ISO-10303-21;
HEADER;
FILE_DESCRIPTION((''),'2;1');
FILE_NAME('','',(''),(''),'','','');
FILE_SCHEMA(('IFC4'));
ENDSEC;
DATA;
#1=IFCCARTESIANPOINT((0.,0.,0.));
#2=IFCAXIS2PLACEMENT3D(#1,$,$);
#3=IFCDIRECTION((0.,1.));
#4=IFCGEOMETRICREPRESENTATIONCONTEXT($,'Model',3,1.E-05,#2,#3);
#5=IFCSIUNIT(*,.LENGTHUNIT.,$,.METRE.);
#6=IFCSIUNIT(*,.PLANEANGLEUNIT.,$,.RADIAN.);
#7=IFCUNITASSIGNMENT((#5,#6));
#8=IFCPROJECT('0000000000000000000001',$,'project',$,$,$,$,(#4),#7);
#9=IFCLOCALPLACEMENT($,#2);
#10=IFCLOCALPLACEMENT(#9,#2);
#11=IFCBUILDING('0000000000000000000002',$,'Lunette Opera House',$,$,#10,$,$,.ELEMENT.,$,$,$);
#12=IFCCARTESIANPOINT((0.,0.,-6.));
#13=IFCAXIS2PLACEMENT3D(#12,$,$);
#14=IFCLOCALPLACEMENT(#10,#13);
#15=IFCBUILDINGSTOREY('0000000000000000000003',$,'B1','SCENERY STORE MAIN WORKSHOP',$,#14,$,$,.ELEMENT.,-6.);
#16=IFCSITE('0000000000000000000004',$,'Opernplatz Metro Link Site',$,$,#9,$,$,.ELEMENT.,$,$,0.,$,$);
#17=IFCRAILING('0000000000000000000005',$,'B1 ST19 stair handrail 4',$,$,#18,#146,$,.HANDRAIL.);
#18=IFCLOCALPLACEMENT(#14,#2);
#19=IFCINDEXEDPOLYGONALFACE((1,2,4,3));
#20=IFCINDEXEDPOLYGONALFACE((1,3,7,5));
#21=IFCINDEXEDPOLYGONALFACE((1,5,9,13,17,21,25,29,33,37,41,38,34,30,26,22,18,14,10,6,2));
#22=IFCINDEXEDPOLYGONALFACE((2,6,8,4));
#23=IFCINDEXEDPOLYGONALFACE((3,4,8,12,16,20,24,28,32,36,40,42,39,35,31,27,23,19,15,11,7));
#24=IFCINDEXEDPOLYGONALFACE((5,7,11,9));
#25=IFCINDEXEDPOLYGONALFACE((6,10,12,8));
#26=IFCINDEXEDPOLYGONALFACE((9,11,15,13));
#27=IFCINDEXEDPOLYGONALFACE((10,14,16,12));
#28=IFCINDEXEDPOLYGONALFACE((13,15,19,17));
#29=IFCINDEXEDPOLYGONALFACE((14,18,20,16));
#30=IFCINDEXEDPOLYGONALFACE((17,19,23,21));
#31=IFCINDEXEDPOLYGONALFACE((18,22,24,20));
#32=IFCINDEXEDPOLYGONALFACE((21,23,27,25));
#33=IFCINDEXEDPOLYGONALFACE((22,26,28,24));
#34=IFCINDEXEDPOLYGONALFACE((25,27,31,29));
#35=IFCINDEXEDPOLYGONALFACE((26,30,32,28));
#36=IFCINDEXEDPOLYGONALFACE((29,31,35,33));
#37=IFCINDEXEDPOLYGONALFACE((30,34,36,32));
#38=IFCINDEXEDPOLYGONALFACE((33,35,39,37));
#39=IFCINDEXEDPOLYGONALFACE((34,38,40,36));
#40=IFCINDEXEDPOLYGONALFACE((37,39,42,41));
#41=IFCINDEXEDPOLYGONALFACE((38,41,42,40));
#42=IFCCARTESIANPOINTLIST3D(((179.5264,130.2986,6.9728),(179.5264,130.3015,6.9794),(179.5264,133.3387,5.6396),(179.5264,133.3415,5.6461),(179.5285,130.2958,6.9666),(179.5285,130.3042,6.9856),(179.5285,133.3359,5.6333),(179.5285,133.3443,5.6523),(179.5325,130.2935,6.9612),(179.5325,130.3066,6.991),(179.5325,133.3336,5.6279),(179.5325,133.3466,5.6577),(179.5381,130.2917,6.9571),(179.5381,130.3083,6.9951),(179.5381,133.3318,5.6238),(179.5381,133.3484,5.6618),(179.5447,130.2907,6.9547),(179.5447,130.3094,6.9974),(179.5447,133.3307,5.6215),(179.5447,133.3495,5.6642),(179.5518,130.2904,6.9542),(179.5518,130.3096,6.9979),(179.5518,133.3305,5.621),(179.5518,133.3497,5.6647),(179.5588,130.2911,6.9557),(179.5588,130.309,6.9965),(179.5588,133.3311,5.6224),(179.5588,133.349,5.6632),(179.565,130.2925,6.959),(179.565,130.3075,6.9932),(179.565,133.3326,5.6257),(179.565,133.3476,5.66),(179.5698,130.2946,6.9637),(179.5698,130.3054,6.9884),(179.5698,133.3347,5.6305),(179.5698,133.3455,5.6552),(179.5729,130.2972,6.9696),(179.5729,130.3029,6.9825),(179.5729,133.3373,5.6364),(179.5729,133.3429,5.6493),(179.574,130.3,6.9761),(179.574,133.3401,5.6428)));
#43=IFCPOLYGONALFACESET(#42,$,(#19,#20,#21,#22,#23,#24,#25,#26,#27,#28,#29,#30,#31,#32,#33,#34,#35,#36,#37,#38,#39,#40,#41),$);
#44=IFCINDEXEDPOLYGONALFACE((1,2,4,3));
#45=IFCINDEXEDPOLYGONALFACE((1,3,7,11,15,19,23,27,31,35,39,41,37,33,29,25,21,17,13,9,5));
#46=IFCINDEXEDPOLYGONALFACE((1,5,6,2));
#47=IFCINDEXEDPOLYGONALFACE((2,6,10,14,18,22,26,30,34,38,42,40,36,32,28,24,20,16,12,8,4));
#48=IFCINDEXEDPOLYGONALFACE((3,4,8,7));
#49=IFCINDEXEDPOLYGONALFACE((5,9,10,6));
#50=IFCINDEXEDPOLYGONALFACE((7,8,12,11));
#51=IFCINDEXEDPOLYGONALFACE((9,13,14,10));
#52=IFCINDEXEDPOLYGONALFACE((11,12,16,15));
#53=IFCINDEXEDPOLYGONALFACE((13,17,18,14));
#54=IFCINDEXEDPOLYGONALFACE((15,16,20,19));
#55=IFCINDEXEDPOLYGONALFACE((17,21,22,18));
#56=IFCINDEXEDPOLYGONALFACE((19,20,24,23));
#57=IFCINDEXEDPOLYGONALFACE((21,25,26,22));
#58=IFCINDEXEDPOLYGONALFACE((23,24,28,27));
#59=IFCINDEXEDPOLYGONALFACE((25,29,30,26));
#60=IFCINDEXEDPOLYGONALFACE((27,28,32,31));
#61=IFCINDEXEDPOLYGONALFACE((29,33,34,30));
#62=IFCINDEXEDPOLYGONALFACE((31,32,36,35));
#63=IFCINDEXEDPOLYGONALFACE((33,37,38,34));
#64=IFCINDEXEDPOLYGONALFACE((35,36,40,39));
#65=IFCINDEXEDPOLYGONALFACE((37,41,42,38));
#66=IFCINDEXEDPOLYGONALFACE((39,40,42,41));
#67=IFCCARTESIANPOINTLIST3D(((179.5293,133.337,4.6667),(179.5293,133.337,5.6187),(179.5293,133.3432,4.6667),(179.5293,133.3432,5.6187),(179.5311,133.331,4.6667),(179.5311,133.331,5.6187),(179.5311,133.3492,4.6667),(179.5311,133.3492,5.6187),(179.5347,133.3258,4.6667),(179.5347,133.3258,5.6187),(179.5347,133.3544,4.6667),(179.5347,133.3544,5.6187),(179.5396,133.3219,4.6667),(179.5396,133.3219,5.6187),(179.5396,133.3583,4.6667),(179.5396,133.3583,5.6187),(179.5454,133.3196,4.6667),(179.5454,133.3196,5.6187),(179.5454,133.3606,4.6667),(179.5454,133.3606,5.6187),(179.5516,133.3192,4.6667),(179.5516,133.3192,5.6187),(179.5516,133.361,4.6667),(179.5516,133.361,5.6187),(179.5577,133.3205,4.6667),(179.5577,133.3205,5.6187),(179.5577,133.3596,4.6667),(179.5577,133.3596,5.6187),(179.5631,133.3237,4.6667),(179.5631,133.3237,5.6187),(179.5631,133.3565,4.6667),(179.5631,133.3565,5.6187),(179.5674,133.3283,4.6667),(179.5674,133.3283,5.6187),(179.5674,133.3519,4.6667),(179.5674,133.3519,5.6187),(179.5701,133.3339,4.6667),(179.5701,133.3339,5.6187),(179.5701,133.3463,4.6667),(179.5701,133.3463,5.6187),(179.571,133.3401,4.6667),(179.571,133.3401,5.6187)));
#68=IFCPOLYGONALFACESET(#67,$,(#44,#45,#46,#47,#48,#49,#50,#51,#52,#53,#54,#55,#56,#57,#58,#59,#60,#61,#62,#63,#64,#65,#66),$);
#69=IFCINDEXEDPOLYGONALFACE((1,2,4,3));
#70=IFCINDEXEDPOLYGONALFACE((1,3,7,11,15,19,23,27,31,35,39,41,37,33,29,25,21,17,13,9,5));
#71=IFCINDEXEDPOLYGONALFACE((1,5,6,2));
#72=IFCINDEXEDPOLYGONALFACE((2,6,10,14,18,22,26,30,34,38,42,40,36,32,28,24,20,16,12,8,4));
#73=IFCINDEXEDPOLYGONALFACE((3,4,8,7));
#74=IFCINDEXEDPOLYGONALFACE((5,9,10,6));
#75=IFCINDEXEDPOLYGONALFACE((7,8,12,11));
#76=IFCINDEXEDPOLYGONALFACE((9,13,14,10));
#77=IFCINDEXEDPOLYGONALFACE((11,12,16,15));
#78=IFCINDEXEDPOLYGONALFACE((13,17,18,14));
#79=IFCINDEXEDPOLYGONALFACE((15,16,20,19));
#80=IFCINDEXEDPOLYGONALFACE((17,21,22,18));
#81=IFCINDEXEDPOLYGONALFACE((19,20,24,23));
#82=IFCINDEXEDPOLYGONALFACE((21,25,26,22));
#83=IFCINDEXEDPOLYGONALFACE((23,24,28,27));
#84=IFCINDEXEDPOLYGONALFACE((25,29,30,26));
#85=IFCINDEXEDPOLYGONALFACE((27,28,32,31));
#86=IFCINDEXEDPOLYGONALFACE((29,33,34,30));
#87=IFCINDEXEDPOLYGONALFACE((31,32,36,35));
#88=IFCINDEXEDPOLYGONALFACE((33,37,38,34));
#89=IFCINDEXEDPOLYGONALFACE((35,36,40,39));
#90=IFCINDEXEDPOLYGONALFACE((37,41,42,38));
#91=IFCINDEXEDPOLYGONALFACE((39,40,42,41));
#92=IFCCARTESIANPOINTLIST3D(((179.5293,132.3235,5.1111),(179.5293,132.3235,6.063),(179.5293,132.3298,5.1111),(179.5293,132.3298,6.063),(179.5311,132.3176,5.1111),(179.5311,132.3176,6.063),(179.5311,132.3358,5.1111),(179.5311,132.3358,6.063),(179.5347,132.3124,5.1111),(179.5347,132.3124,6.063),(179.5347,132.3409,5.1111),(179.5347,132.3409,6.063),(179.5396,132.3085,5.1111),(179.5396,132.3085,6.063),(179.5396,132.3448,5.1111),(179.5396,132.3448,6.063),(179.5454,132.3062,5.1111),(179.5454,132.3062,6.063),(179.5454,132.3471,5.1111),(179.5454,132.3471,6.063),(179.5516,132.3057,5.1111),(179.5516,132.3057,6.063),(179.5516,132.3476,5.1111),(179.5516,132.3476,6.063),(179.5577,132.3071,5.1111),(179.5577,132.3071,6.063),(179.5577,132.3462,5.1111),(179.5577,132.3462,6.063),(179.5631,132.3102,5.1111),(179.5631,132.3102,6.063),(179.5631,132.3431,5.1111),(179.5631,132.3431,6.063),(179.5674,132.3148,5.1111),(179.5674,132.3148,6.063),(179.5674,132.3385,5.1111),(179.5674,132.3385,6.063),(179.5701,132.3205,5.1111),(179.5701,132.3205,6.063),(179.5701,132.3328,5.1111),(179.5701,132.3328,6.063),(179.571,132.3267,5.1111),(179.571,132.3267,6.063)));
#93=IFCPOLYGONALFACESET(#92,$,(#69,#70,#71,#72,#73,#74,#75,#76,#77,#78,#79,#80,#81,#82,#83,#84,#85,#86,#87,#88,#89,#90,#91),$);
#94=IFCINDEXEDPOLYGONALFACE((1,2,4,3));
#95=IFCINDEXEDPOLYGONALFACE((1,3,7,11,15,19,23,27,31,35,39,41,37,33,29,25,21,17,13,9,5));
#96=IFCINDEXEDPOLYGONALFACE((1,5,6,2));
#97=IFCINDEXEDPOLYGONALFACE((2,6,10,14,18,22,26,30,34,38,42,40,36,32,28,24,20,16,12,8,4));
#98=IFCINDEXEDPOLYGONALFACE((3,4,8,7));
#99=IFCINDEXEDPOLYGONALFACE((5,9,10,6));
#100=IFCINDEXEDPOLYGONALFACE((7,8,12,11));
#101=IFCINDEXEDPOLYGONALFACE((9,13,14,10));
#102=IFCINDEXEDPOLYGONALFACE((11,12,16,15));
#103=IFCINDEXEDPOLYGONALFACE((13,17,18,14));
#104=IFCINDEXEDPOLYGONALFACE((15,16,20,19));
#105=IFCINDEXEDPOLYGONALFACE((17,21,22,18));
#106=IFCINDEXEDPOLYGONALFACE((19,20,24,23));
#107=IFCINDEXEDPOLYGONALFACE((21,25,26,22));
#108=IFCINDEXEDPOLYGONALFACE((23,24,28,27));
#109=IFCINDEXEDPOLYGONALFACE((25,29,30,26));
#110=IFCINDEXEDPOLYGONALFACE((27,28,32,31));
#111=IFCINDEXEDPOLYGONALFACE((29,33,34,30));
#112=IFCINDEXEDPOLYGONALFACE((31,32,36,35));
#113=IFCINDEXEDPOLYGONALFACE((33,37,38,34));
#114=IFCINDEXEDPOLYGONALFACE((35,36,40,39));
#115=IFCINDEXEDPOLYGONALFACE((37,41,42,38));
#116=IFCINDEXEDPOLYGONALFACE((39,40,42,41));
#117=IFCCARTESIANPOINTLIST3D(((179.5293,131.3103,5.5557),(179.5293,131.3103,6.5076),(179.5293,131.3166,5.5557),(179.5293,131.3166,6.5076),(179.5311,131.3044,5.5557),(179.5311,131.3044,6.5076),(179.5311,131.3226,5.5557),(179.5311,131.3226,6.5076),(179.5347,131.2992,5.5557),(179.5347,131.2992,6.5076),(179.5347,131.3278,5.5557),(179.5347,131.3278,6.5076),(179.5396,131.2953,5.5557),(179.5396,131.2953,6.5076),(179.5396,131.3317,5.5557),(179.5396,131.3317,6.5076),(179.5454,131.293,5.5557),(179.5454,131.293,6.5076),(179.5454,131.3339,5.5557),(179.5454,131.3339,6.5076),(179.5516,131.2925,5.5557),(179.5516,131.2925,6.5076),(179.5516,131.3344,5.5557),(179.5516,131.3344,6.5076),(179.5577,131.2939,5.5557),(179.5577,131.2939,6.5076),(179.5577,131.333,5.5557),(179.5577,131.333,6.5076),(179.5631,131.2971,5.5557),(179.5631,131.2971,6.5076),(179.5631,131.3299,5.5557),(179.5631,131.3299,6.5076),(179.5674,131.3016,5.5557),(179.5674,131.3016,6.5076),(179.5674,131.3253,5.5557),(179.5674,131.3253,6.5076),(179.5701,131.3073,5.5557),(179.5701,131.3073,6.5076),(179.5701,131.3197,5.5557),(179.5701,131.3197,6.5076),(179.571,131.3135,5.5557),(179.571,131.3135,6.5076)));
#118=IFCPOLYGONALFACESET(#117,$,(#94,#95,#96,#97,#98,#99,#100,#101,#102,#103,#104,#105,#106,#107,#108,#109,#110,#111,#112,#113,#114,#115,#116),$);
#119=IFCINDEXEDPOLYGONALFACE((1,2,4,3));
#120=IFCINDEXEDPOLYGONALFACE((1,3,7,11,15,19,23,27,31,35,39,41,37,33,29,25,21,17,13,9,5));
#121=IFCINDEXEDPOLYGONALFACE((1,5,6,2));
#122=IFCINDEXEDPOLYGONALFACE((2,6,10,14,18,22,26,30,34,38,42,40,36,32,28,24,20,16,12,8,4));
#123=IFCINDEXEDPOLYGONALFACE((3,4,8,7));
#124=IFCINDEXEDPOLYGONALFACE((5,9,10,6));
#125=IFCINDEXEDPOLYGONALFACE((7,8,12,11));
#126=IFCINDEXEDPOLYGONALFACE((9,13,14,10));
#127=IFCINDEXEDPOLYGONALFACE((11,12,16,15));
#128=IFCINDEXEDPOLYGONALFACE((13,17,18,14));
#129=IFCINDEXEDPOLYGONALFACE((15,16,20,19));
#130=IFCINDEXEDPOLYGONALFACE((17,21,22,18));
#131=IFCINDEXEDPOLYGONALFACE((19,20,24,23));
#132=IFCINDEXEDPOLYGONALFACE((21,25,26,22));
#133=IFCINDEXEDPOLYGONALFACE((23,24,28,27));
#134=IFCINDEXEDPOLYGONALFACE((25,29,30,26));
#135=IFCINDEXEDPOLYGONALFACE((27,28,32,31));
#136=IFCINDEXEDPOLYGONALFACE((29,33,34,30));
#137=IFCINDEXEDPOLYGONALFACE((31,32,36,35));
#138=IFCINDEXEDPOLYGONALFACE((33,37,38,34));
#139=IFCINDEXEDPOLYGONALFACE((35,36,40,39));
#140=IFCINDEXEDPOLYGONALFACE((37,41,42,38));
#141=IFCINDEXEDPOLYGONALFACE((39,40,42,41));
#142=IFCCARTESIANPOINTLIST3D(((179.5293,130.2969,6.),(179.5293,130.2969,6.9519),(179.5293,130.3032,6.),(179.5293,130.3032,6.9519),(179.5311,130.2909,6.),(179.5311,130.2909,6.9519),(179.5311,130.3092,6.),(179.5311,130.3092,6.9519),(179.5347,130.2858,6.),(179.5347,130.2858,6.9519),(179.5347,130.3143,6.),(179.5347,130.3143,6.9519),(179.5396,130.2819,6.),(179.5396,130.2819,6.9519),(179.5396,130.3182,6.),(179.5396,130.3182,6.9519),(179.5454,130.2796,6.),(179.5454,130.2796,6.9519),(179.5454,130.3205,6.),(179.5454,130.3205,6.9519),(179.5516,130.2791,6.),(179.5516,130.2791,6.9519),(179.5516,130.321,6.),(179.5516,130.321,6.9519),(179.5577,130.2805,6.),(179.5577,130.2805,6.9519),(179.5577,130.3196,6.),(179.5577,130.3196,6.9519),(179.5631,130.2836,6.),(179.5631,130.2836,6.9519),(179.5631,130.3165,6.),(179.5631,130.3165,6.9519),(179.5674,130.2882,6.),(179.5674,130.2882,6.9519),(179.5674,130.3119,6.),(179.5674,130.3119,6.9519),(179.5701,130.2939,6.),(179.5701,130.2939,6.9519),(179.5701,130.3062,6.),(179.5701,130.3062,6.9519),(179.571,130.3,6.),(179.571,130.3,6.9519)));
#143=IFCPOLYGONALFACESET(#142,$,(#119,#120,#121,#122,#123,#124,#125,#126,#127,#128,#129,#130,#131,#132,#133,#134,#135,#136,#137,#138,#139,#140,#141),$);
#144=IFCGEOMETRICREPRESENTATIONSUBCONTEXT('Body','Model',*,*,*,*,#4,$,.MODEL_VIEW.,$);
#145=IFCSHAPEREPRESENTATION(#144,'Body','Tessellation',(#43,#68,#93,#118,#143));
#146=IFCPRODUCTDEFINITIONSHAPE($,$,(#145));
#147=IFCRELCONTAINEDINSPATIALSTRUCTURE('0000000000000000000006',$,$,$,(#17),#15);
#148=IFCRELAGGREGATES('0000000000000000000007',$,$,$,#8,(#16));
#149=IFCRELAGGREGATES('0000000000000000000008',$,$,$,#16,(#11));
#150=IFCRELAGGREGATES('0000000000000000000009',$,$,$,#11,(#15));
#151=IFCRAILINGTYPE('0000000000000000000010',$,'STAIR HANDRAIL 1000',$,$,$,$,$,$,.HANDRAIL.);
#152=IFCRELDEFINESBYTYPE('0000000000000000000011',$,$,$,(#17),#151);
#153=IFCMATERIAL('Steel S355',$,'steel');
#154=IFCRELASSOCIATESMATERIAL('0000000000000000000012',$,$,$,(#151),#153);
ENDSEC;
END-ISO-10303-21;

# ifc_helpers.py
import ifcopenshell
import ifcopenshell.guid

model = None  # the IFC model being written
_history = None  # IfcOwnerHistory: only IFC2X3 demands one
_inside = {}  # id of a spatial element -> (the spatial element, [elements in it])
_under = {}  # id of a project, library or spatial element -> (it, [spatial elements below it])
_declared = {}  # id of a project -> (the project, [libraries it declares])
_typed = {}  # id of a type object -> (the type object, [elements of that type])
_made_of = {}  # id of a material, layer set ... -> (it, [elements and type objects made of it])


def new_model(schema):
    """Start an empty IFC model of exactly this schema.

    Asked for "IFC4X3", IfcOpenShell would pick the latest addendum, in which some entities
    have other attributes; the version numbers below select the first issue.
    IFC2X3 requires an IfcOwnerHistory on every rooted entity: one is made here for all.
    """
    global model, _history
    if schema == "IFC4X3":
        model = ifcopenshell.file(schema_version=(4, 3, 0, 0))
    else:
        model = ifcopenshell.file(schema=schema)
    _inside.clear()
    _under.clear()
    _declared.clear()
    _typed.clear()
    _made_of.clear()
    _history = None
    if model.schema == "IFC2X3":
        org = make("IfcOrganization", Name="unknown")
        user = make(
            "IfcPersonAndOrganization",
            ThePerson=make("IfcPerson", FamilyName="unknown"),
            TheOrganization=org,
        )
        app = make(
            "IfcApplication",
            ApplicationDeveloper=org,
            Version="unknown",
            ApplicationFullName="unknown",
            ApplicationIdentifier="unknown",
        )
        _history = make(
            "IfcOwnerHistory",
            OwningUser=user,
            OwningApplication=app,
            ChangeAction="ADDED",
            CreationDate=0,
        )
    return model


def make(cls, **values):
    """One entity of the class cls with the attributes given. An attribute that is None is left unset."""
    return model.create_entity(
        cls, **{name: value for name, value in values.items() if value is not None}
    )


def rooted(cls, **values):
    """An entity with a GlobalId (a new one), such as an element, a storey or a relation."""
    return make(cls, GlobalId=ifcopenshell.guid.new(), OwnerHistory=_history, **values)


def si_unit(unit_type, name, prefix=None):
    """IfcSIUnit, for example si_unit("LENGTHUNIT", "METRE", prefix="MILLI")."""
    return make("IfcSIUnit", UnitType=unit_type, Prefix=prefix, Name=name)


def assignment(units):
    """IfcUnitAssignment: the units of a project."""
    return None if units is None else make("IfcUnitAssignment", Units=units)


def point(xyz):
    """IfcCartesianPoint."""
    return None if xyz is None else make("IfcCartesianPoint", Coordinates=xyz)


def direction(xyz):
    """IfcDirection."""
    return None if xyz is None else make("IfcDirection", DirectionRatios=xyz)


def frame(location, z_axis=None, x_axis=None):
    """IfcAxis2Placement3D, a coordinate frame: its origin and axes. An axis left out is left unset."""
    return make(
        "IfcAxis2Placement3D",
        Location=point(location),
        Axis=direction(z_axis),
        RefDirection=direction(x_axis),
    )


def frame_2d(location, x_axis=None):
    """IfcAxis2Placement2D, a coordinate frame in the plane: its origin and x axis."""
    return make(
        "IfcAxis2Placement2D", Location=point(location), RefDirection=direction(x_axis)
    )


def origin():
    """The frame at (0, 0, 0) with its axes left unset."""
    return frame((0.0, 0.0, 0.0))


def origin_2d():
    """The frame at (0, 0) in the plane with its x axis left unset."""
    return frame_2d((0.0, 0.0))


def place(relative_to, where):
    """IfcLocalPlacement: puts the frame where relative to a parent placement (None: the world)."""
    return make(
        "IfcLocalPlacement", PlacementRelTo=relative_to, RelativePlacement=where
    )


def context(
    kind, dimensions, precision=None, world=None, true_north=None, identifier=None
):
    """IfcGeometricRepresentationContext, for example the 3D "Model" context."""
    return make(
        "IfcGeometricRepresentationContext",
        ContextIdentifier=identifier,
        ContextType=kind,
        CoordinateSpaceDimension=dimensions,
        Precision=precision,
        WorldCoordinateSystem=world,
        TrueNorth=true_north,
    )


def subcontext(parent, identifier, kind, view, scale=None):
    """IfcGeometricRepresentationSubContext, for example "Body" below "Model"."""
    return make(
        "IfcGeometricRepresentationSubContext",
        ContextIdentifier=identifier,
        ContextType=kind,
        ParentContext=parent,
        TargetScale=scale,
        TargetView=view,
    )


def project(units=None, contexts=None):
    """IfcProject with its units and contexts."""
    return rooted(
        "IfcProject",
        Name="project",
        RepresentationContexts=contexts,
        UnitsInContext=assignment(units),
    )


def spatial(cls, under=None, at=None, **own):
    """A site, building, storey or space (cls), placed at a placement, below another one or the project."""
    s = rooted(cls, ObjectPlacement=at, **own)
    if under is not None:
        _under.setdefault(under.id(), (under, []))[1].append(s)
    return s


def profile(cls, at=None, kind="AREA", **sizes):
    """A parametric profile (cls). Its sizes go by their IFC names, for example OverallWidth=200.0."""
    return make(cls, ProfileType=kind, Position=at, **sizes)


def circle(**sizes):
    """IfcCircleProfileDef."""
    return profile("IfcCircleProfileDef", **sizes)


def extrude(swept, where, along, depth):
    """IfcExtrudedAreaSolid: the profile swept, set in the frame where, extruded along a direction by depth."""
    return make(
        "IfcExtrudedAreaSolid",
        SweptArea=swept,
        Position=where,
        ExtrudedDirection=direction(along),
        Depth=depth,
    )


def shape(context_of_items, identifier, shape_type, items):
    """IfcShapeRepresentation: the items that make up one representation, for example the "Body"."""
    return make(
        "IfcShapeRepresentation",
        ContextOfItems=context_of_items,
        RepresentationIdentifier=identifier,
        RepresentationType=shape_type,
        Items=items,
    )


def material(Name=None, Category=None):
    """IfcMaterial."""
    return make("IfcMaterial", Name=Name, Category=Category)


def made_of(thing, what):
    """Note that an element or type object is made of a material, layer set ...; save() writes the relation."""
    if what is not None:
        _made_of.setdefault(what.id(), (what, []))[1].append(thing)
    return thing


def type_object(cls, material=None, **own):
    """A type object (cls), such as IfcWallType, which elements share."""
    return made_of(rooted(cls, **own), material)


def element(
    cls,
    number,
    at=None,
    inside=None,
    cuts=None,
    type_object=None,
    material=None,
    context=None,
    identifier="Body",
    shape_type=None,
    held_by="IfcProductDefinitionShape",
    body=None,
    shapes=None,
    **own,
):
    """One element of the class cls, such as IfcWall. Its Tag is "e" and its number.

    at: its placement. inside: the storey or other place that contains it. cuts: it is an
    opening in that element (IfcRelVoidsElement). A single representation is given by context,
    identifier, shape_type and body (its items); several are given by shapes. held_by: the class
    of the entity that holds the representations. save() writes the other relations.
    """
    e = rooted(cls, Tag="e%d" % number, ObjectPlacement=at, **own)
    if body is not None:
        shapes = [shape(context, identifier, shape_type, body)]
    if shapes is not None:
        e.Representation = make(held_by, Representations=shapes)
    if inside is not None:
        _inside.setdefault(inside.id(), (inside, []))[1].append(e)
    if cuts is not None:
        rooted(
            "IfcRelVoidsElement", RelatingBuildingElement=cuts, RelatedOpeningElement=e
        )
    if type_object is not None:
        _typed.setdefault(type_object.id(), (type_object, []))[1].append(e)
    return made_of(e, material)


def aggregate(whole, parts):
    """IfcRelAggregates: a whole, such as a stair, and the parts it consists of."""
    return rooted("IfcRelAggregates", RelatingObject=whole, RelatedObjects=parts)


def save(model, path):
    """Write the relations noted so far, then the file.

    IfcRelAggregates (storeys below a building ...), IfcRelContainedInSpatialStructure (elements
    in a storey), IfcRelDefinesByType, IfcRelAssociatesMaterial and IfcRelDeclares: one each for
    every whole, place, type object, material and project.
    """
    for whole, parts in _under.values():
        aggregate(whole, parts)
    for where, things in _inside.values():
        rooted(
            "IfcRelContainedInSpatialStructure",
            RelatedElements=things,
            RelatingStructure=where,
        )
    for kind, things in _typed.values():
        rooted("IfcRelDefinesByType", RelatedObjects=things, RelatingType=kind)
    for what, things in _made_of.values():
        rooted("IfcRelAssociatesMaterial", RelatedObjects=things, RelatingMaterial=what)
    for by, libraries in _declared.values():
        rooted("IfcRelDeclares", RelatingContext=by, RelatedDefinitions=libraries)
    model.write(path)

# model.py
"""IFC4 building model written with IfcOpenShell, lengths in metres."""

from ifc_helpers import new_model, si_unit, direction, frame, origin, origin_2d, place, context, subcontext, project, spatial, circle, extrude, material, type_object, element, save


model = new_model("IFC4")

# Units and contexts
model_context = context("Model", 3, precision=1e-05, world=origin(), true_north=direction((0.0, 1.0)))
body_context = subcontext(model_context, "Body", "Model", "MODEL_VIEW")
ifc_project = project(units=[si_unit("LENGTHUNIT", "METRE"), si_unit("PLANEANGLEUNIT", "RADIAN")], contexts=[model_context])

# Site, building, storey
site_placement = place(None, origin())
site = spatial("IfcSite", under=ifc_project, at=site_placement, Name="Opernplatz Metro Link Site", CompositionType="ELEMENT", RefElevation=0.0)
building_placement = place(site_placement, origin())
building = spatial("IfcBuilding", under=site, at=building_placement, Name="Lunette Opera House", CompositionType="ELEMENT")
storey_placement = place(building_placement, frame((0.0, 0.0, -6.0)))
storey = spatial("IfcBuildingStorey", under=building, at=storey_placement, Name="B1", Description="SCENERY STORE MAIN WORKSHOP", CompositionType="ELEMENT", Elevation=-6.0)

# Railing
ifc_material_1 = material(Name="Steel S355", Category="steel")
railing_type = type_object("IfcRailingType", Name="STAIR HANDRAIL 1000", PredefinedType="HANDRAIL", material=ifc_material_1)
for number, where, name in (
    (1, (179.55, 133.3401, 4.6667), "B1 ST19 stair handrail 4"),
):
    element("IfcRailing", number, at=place(storey_placement, frame(where)), inside=storey, type_object=railing_type, Name=name, PredefinedType="HANDRAIL", context=body_context, shape_type="SweptSolid", body=[
        extrude(circle(Radius=0.0239, at=origin_2d()), frame((0.0, 0.0, 0.9761), z_axis=(0.0, -0.915799, 0.401637), x_axis=(1.0, 0.0, 0.0)), (0.0, 0.0, 1.0), 3.3196),
        extrude(circle(Radius=0.021, at=origin_2d()), origin(), (0.0, 0.0, 1.0), 0.9519),
        extrude(circle(Radius=0.021, at=origin_2d()), frame((0.0, -1.0134, 0.4443)), (0.0, 0.0, 1.0), 0.9519),
        extrude(circle(Radius=0.021, at=origin_2d()), frame((0.0, -2.0266, 0.8889)), (0.0, 0.0, 1.0), 0.9519),
        extrude(circle(Radius=0.021, at=origin_2d()), frame((0.0, -3.04, 1.3333)), (0.0, 0.0, 1.0), 0.9519),
    ])

save(model, "model.ifc")
